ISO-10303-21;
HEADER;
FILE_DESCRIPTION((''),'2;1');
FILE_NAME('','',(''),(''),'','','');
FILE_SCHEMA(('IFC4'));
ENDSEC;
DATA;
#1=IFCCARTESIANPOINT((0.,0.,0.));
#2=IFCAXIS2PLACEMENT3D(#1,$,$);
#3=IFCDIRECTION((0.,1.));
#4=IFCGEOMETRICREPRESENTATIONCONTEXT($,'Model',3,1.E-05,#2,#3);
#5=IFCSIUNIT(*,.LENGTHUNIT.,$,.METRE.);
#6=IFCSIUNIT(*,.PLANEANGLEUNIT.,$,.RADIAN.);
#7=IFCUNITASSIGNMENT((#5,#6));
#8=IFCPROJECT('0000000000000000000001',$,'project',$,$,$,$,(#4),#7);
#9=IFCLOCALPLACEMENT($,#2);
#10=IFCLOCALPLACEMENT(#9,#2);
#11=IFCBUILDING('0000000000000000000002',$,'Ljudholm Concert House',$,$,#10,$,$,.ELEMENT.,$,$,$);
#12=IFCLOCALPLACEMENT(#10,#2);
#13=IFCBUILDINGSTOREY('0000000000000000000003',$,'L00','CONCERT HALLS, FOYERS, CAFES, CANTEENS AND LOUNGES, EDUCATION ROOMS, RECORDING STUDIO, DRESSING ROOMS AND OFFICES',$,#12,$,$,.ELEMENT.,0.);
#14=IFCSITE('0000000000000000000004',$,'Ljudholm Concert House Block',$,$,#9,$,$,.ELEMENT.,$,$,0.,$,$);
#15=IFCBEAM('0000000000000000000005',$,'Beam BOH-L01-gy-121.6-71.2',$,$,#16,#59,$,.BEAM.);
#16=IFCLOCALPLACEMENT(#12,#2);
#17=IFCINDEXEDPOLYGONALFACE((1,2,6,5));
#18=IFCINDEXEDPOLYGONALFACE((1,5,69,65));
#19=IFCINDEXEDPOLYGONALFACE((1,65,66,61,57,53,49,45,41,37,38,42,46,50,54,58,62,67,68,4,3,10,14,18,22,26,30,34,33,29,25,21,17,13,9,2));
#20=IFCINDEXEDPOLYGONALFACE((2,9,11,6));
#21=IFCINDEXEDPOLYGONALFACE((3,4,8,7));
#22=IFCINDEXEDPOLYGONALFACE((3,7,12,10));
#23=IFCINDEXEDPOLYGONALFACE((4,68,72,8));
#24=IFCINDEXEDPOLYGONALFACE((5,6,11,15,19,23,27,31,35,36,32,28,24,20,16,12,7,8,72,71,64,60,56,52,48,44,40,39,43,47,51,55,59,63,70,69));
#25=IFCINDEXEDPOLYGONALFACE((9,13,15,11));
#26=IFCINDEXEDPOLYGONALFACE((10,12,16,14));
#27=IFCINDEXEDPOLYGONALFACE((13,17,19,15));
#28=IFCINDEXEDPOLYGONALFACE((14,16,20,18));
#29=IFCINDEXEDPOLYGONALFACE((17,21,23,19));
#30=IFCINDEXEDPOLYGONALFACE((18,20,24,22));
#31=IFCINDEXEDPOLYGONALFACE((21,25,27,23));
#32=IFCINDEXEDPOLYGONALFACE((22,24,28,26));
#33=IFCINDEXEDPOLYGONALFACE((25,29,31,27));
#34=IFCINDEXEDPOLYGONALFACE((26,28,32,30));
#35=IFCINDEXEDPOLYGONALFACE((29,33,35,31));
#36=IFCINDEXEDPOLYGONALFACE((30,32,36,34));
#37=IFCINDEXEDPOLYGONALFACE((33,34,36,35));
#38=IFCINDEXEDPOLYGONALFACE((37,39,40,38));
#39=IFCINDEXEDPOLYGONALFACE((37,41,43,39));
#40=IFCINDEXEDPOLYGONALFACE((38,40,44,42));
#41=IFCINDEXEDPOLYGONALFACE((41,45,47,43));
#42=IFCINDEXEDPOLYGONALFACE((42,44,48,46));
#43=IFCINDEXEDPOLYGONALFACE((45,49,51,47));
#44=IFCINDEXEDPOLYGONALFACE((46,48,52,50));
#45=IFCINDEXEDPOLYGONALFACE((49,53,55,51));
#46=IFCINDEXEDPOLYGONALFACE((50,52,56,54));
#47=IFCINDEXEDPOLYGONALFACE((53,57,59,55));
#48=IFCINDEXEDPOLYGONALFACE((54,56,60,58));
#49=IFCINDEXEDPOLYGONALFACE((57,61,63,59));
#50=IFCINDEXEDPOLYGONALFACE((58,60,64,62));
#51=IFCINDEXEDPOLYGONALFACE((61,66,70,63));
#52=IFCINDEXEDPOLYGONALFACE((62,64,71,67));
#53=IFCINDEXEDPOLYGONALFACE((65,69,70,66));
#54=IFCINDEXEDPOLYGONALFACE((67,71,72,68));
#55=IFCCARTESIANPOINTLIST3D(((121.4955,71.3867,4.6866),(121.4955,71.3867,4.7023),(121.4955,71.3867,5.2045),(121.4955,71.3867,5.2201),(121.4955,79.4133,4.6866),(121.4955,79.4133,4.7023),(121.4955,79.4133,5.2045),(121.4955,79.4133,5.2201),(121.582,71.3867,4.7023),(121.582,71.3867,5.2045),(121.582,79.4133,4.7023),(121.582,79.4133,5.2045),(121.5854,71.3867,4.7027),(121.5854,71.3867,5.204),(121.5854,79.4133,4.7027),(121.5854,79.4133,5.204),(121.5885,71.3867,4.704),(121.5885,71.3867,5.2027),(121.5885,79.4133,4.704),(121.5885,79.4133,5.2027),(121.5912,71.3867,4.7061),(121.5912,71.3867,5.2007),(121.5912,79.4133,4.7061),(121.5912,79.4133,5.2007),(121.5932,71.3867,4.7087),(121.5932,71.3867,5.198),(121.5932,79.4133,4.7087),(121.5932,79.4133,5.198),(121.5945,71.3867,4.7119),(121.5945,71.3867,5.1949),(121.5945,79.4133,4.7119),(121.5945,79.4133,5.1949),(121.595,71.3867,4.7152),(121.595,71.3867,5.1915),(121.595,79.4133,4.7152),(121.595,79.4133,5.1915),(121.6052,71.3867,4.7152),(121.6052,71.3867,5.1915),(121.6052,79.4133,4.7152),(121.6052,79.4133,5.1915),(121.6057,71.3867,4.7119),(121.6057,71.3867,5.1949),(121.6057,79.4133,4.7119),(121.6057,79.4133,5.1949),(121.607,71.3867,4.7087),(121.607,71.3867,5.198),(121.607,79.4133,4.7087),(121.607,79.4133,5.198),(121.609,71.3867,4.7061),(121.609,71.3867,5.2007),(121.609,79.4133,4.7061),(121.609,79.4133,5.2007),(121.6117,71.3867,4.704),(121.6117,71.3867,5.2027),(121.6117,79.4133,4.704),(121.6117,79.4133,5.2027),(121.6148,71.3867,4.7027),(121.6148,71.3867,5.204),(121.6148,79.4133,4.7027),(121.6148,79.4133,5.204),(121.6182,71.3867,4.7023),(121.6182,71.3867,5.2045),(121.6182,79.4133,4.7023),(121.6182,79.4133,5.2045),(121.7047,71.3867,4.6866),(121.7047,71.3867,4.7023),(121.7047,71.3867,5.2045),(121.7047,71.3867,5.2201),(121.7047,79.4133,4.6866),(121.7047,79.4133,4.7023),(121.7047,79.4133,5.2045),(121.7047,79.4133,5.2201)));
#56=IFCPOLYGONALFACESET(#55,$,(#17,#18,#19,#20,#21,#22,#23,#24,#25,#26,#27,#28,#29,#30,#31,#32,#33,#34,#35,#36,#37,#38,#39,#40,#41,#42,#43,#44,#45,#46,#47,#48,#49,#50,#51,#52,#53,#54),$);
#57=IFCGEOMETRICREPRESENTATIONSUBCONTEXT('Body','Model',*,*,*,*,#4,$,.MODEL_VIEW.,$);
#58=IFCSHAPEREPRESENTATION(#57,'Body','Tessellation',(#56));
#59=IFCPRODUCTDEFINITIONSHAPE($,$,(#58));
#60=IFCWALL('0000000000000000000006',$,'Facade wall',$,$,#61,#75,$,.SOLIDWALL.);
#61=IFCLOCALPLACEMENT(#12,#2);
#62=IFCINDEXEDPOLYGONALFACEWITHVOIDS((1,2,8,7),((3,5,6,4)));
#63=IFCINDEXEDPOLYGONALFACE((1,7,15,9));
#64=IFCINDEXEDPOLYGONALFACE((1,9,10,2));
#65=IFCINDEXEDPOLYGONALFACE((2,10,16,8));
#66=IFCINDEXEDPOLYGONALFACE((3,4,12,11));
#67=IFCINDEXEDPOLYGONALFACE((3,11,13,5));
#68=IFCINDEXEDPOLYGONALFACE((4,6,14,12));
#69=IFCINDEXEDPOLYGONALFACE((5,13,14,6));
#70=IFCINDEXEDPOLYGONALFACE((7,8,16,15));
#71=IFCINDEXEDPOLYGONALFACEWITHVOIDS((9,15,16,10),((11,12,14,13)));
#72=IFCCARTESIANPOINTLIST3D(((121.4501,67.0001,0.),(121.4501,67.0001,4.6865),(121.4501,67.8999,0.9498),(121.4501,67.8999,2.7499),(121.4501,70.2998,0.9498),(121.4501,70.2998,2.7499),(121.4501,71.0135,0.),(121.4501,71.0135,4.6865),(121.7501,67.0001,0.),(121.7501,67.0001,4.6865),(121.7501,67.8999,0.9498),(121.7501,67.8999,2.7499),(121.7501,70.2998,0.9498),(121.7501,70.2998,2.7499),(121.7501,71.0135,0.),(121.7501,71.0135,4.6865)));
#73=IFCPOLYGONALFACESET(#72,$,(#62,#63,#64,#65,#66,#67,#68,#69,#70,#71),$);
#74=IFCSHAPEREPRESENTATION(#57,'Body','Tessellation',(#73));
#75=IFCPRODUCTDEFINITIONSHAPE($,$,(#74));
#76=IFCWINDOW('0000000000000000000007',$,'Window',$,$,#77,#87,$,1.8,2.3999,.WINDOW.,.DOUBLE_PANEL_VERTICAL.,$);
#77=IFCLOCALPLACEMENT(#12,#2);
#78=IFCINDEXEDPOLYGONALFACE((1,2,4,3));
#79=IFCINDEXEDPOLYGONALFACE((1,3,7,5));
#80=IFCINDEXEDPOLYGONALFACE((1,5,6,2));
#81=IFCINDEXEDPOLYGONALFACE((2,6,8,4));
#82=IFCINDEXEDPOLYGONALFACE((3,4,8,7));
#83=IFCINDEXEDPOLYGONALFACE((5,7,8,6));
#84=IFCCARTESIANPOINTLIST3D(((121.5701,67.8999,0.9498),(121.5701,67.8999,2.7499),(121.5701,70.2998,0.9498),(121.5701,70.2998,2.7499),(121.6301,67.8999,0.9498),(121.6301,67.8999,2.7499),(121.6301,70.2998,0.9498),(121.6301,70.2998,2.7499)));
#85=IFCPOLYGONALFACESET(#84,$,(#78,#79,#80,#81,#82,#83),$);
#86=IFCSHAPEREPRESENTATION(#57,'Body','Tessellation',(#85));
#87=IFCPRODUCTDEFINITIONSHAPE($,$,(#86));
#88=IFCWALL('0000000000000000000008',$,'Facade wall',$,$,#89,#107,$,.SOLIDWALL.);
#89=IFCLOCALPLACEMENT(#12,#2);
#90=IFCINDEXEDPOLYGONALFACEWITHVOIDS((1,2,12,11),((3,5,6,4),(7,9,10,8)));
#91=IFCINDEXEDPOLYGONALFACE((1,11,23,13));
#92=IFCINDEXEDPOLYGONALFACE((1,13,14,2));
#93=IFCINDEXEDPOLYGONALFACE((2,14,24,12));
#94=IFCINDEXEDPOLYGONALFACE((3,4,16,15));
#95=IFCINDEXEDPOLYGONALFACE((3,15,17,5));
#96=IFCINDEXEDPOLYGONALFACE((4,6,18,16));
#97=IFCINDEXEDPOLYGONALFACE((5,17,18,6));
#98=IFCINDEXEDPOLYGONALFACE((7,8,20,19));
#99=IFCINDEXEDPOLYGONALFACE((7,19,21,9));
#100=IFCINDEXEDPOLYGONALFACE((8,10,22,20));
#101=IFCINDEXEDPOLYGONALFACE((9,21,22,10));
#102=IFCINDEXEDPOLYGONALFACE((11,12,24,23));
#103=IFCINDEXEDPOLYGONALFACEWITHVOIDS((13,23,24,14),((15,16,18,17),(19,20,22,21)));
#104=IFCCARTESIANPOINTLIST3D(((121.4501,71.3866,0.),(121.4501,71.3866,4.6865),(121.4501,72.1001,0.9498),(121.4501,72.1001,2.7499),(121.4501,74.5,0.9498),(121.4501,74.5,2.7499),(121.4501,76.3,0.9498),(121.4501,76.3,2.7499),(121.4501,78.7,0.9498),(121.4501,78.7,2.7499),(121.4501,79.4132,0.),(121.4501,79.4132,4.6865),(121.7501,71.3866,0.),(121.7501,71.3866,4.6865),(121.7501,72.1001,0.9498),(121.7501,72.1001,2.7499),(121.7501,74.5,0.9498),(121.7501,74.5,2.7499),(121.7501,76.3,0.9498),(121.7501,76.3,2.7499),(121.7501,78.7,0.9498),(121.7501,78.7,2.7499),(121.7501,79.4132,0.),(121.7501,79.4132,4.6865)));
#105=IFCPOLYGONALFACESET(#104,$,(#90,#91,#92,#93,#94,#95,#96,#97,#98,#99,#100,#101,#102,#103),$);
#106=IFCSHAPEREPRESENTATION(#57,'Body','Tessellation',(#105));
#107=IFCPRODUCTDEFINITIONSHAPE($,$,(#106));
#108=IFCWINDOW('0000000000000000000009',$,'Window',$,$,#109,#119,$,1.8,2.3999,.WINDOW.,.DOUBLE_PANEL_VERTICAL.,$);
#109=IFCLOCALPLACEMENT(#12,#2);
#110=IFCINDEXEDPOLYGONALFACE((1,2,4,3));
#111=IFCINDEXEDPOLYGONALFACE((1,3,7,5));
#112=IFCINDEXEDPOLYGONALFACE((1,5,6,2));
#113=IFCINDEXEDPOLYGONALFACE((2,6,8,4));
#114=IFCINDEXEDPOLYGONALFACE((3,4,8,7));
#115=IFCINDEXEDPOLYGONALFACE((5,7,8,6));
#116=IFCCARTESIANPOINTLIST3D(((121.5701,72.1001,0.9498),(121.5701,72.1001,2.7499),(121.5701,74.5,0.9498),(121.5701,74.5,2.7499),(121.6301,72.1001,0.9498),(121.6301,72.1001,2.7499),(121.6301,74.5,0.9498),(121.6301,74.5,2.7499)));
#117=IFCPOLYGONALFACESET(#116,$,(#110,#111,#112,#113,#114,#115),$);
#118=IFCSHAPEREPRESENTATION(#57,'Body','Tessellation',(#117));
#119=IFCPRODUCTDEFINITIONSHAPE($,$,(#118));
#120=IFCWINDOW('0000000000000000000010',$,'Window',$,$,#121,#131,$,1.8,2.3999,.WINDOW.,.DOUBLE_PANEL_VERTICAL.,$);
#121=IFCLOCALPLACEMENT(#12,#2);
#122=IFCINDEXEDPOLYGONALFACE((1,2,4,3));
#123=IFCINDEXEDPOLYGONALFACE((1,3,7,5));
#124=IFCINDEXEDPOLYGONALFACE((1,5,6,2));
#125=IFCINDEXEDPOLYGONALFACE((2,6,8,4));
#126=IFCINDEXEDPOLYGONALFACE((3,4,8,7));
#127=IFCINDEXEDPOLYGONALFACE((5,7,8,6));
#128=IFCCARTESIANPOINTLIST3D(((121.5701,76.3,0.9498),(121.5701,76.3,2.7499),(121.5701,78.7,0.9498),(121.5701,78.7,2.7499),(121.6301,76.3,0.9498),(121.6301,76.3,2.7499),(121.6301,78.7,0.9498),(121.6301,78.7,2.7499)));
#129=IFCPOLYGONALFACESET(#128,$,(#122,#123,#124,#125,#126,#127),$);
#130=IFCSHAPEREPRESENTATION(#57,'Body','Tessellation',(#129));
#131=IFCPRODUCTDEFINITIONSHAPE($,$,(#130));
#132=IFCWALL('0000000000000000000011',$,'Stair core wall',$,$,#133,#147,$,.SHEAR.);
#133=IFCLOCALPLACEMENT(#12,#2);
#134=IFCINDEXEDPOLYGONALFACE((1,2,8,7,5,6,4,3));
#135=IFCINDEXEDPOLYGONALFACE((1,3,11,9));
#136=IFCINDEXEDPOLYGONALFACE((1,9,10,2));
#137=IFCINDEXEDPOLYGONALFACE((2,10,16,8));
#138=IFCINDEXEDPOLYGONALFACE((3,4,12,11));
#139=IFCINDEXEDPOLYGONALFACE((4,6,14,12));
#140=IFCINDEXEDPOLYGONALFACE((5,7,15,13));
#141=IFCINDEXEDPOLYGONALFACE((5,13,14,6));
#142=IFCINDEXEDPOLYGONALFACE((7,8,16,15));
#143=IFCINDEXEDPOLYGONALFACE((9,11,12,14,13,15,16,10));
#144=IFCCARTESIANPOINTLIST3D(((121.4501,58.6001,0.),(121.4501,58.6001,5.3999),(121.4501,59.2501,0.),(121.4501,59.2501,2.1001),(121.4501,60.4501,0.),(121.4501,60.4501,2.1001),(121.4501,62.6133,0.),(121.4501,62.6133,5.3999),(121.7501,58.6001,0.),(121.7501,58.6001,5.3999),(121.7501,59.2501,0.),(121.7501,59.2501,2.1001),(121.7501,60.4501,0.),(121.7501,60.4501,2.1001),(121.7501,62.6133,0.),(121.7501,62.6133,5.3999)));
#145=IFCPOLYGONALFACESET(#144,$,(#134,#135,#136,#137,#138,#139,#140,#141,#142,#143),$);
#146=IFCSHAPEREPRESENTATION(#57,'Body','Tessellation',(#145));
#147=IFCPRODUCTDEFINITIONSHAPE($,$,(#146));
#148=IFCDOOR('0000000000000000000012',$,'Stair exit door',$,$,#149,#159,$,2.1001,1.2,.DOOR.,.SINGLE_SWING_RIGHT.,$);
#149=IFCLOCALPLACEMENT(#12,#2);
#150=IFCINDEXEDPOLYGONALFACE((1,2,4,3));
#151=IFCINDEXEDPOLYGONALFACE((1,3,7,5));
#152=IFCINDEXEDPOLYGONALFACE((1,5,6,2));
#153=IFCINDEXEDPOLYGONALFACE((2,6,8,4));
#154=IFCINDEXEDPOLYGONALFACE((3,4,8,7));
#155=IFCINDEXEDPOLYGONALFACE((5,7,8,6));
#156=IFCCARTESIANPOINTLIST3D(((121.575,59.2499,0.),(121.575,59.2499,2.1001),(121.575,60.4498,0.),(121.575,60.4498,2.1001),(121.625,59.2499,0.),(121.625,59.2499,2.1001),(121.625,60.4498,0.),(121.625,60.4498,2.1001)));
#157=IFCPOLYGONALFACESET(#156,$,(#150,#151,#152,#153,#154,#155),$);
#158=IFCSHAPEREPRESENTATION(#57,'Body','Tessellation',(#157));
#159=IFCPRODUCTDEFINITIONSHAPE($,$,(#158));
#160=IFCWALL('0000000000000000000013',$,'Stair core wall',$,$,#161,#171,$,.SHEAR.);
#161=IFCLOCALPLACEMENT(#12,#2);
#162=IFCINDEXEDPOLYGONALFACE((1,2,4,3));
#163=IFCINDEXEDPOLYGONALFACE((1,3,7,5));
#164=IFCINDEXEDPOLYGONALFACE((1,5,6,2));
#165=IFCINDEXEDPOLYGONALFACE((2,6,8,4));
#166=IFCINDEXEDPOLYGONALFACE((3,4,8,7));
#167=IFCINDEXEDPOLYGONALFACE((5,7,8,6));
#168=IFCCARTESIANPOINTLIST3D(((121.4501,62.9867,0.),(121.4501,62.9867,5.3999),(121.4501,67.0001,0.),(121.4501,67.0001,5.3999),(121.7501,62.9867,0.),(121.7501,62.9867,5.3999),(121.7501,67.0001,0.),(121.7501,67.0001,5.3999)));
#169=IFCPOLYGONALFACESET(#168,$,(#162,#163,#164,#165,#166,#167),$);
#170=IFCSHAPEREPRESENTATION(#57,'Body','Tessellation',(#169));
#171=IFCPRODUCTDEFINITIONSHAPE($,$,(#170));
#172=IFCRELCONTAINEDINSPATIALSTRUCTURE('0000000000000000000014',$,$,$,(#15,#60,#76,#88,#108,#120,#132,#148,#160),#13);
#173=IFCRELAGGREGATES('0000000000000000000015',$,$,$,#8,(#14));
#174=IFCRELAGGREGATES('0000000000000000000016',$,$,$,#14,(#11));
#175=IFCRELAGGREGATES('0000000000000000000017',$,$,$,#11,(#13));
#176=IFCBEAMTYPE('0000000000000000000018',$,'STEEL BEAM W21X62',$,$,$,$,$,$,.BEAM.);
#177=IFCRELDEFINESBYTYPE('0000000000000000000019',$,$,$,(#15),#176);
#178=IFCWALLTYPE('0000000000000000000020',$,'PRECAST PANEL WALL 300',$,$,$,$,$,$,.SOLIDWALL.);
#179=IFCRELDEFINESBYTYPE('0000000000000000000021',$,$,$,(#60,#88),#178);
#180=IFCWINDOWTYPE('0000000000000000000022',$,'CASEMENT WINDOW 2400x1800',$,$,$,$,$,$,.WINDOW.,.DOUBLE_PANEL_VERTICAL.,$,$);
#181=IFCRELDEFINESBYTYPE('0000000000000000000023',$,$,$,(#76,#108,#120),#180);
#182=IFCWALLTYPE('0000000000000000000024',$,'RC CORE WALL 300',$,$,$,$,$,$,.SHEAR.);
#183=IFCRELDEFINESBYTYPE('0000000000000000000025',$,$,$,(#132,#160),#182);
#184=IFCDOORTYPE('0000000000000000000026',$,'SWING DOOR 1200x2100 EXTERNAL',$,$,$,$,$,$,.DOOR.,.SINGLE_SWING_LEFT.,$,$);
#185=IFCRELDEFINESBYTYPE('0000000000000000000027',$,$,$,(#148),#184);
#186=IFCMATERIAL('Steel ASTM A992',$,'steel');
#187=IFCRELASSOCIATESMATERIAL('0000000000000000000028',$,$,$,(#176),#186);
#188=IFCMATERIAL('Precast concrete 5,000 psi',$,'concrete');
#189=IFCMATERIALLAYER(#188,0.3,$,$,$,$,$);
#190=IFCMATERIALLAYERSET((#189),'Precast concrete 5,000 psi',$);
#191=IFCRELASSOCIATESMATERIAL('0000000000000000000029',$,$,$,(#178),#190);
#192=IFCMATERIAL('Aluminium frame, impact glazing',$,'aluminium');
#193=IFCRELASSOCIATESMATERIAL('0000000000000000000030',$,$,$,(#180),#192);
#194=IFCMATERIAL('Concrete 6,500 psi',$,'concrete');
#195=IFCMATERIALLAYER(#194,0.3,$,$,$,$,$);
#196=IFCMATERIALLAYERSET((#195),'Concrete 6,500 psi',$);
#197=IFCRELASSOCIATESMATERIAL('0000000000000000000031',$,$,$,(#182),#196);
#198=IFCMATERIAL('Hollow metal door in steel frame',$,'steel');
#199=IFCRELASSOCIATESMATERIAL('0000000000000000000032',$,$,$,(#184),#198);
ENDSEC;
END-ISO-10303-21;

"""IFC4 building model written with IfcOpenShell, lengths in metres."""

from ifc_helpers import new_model, si_unit, direction, frame, frame_2d, origin, origin_2d, place, context, subcontext, project, spatial, rectangle, i_section, extrude, material, layer, layer_set, material_profile, profile_set, type_object, element, fill, save


model = new_model("IFC4")

# Units and contexts
model_context = context("Model", 3, precision=1e-05, world=origin(), true_north=direction((0.0, 1.0)))
body_context = subcontext(model_context, "Body", "Model", "MODEL_VIEW")
ifc_project = project(units=[si_unit("LENGTHUNIT", "METRE"), si_unit("PLANEANGLEUNIT", "RADIAN")], contexts=[model_context])

# Site, building, storey
site_placement = place(None, origin())
site = spatial("IfcSite", under=ifc_project, at=site_placement, Name="Ljudholm Concert House Block", CompositionType="ELEMENT", RefElevation=0.0)
building_placement = place(site_placement, origin())
building = spatial("IfcBuilding", under=site, at=building_placement, Name="Ljudholm Concert House", CompositionType="ELEMENT")
storey_placement = place(building_placement, origin())
storey = spatial("IfcBuildingStorey", under=building, at=storey_placement, Name="L00", Description="CONCERT HALLS, FOYERS, CAFES, CANTEENS AND LOUNGES, EDUCATION ROOMS, RECORDING STUDIO, DRESSING ROOMS AND OFFICES", CompositionType="ELEMENT", Elevation=0.0)

# Beam
ifc_material_1 = material(Name="Steel ASTM A992", Category="steel")
ifc_material_profile_1 = material_profile(ifc_material_1, i_section(OverallWidth=0.2092, OverallDepth=0.5334, WebThickness=0.0103, FlangeThickness=0.0156, FilletRadius=0.0129, at=origin_2d()), Name="W21X62")
ifc_profile_set_1 = profile_set([ifc_material_profile_1], Name="Steel ASTM A992")
beam_type_1 = type_object("IfcBeamType", Name="STEEL BEAM W21X62", PredefinedType="BEAM", material=ifc_profile_set_1)
beam_1_placement = place(storey_placement, frame((121.6001, 71.3867, 4.9534), z_axis=(0.0, 1.0, 0.0), x_axis=(-1.0, 0.0, 0.0)))
element("IfcBeam", 1, at=beam_1_placement, inside=storey, type_object=beam_type_1, Name="Beam BOH-L01-gy-121.6-71.2", PredefinedType="BEAM", context=body_context, shape_type="SweptSolid", body=[
    extrude(i_section(OverallWidth=0.2092, OverallDepth=0.5334, WebThickness=0.0103, FlangeThickness=0.0156, FilletRadius=0.0129, at=origin_2d()), origin(), (0.0, 0.0, 1.0), 8.0266),
])

# Wall, opening, window
ifc_material_2 = material(Name="Precast concrete 5,000 psi", Category="concrete")
ifc_layer_1 = layer(ifc_material_2, 0.3)
ifc_layer_set_1 = layer_set([ifc_layer_1], Name="Precast concrete 5,000 psi")
wall_type_1 = type_object("IfcWallType", Name="PRECAST PANEL WALL 300", PredefinedType="SOLIDWALL", material=ifc_layer_set_1)
wall_1_placement = place(storey_placement, frame((121.6001, 67.0, 0.0), z_axis=(0.0, 0.0, 1.0), x_axis=(0.0, 1.0, 0.0)))
wall_1 = element("IfcWall", 2, at=wall_1_placement, inside=storey, type_object=wall_type_1, Name="Facade wall", PredefinedType="SOLIDWALL", context=body_context, shape_type="SweptSolid", body=[
    extrude(rectangle(XDim=4.0134, YDim=0.3, at=frame_2d((2.0068, 0.0))), origin(), (0.0, 0.0, 1.0), 4.6865),
])
opening_1_placement = place(wall_1_placement, frame((0.8999, 0.0, 0.95)))
opening_1 = element("IfcOpeningElement", 3, at=opening_1_placement, cuts=wall_1, PredefinedType="OPENING", context=body_context, shape_type="SweptSolid", body=[
    extrude(rectangle(XDim=2.3999, YDim=1.8, at=frame_2d((1.2, 0.8999))), frame((0.0, 0.1599, 0.0), z_axis=(0.0, -1.0, 0.0), x_axis=(1.0, 0.0, 0.0)), (0.0, 0.0, 1.0), 0.3201),
])
ifc_material_3 = material(Name="Aluminium frame, impact glazing", Category="aluminium")
window_type = type_object("IfcWindowType", Name="CASEMENT WINDOW 2400x1800", PartitioningType="DOUBLE_PANEL_VERTICAL", PredefinedType="WINDOW", material=ifc_material_3)
window_1_placement = place(opening_1_placement, origin())
window_1 = element("IfcWindow", 4, at=window_1_placement, inside=storey, type_object=window_type, Name="Window", OverallHeight=1.8, OverallWidth=2.3999, PartitioningType="DOUBLE_PANEL_VERTICAL", PredefinedType="WINDOW", context=body_context, shape_type="SweptSolid", body=[
    extrude(rectangle(XDim=2.3999, YDim=1.8, at=frame_2d((1.2, 0.8999))), frame((0.0, 0.03, 0.0), z_axis=(0.0, -1.0, 0.0), x_axis=(1.0, 0.0, 0.0)), (0.0, 0.0, 1.0), 0.0601),
])
fill(opening_1, window_1)

# Wall, openings, windows
wall_2_placement = place(storey_placement, frame((121.6001, 71.3867, 0.0), z_axis=(0.0, 0.0, 1.0), x_axis=(0.0, 1.0, 0.0)))
wall_2 = element("IfcWall", 5, at=wall_2_placement, inside=storey, type_object=wall_type_1, Name="Facade wall", PredefinedType="SOLIDWALL", context=body_context, shape_type="SweptSolid", body=[
    extrude(rectangle(XDim=8.0266, YDim=0.3, at=frame_2d((4.0132, 0.0))), origin(), (0.0, 0.0, 1.0), 4.6865),
])
opening_2_placement = place(wall_2_placement, frame((0.7134, 0.0, 0.95)))
opening_2 = element("IfcOpeningElement", 6, at=opening_2_placement, cuts=wall_2, PredefinedType="OPENING", context=body_context, shape_type="SweptSolid", body=[
    extrude(rectangle(XDim=2.3999, YDim=1.8, at=frame_2d((1.2, 0.8999))), frame((0.0, 0.1599, 0.0), z_axis=(0.0, -1.0, 0.0), x_axis=(1.0, 0.0, 0.0)), (0.0, 0.0, 1.0), 0.3201),
])
opening_3_placement = place(wall_2_placement, frame((4.9133, 0.0, 0.95)))
opening_3 = element("IfcOpeningElement", 7, at=opening_3_placement, cuts=wall_2, PredefinedType="OPENING", context=body_context, shape_type="SweptSolid", body=[
    extrude(rectangle(XDim=2.3999, YDim=1.8, at=frame_2d((1.2, 0.8999))), frame((0.0, 0.1599, 0.0), z_axis=(0.0, -1.0, 0.0), x_axis=(1.0, 0.0, 0.0)), (0.0, 0.0, 1.0), 0.3201),
])
window_2_placement = place(opening_2_placement, origin())
window_2 = element("IfcWindow", 8, at=window_2_placement, inside=storey, type_object=window_type, Name="Window", OverallHeight=1.8, OverallWidth=2.3999, PartitioningType="DOUBLE_PANEL_VERTICAL", PredefinedType="WINDOW", context=body_context, shape_type="SweptSolid", body=[
    extrude(rectangle(XDim=2.3999, YDim=1.8, at=frame_2d((1.2, 0.8999))), frame((0.0, 0.03, 0.0), z_axis=(0.0, -1.0, 0.0), x_axis=(1.0, 0.0, 0.0)), (0.0, 0.0, 1.0), 0.0601),
])
fill(opening_2, window_2)
window_3_placement = place(opening_3_placement, origin())
window_3 = element("IfcWindow", 9, at=window_3_placement, inside=storey, type_object=window_type, Name="Window", OverallHeight=1.8, OverallWidth=2.3999, PartitioningType="DOUBLE_PANEL_VERTICAL", PredefinedType="WINDOW", context=body_context, shape_type="SweptSolid", body=[
    extrude(rectangle(XDim=2.3999, YDim=1.8, at=frame_2d((1.2, 0.8999))), frame((0.0, 0.03, 0.0), z_axis=(0.0, -1.0, 0.0), x_axis=(1.0, 0.0, 0.0)), (0.0, 0.0, 1.0), 0.0601),
])
fill(opening_3, window_3)

# Wall, opening, door
ifc_material_4 = material(Name="Concrete 6,500 psi", Category="concrete")
ifc_layer_2 = layer(ifc_material_4, 0.3)
ifc_layer_set_2 = layer_set([ifc_layer_2], Name="Concrete 6,500 psi")
wall_type_2 = type_object("IfcWallType", Name="RC CORE WALL 300", PredefinedType="SHEAR", material=ifc_layer_set_2)
wall_3_placement = place(storey_placement, frame((121.6001, 58.6001, 0.0), z_axis=(0.0, 0.0, 1.0), x_axis=(0.0, 1.0, 0.0)))
wall_3 = element("IfcWall", 10, at=wall_3_placement, inside=storey, type_object=wall_type_2, Name="Stair core wall", PredefinedType="SHEAR", context=body_context, shape_type="SweptSolid", body=[
    extrude(rectangle(XDim=4.0132, YDim=0.3, at=frame_2d((2.0066, 0.0))), origin(), (0.0, 0.0, 1.0), 5.3999),
])
opening_4_placement = place(wall_3_placement, frame((0.6499, 0.0, 0.0)))
opening_4 = element("IfcOpeningElement", 11, at=opening_4_placement, cuts=wall_3, PredefinedType="OPENING", context=body_context, shape_type="SweptSolid", body=[
    extrude(rectangle(XDim=1.2, YDim=2.1001, at=frame_2d((0.6001, 1.05))), frame((0.0, 0.1599, 0.0), z_axis=(0.0, -1.0, 0.0), x_axis=(1.0, 0.0, 0.0)), (0.0, 0.0, 1.0), 0.3201),
])
ifc_material_5 = material(Name="Hollow metal door in steel frame", Category="steel")
door_type = type_object("IfcDoorType", Name="SWING DOOR 1200x2100 EXTERNAL", OperationType="SINGLE_SWING_LEFT", PredefinedType="DOOR", material=ifc_material_5)
door_placement = place(opening_4_placement, frame((1.2, 0.0, 0.0), z_axis=(0.0, 0.0, 1.0), x_axis=(-1.0, 0.0, 0.0)))
door = element("IfcDoor", 12, at=door_placement, inside=storey, type_object=door_type, Name="Stair exit door", OperationType="SINGLE_SWING_RIGHT", OverallHeight=2.1001, OverallWidth=1.2, PredefinedType="DOOR", context=body_context, shape_type="SweptSolid", body=[
    extrude(rectangle(XDim=1.2, YDim=2.1001, at=frame_2d((0.6001, 1.05))), frame((0.0, 0.0249, 0.0), z_axis=(0.0, -1.0, 0.0), x_axis=(1.0, 0.0, 0.0)), (0.0, 0.0, 1.0), 0.05),
])
fill(opening_4, door)

# Wall
wall_4_placement = place(storey_placement, frame((121.6001, 62.9866, 0.0), z_axis=(0.0, 0.0, 1.0), x_axis=(0.0, 1.0, 0.0)))
element("IfcWall", 13, at=wall_4_placement, inside=storey, type_object=wall_type_2, Name="Stair core wall", PredefinedType="SHEAR", context=body_context, shape_type="SweptSolid", body=[
    extrude(rectangle(XDim=4.0134, YDim=0.3, at=frame_2d((2.0068, 0.0))), origin(), (0.0, 0.0, 1.0), 5.3999),
])

save(model, "model.ifc")
